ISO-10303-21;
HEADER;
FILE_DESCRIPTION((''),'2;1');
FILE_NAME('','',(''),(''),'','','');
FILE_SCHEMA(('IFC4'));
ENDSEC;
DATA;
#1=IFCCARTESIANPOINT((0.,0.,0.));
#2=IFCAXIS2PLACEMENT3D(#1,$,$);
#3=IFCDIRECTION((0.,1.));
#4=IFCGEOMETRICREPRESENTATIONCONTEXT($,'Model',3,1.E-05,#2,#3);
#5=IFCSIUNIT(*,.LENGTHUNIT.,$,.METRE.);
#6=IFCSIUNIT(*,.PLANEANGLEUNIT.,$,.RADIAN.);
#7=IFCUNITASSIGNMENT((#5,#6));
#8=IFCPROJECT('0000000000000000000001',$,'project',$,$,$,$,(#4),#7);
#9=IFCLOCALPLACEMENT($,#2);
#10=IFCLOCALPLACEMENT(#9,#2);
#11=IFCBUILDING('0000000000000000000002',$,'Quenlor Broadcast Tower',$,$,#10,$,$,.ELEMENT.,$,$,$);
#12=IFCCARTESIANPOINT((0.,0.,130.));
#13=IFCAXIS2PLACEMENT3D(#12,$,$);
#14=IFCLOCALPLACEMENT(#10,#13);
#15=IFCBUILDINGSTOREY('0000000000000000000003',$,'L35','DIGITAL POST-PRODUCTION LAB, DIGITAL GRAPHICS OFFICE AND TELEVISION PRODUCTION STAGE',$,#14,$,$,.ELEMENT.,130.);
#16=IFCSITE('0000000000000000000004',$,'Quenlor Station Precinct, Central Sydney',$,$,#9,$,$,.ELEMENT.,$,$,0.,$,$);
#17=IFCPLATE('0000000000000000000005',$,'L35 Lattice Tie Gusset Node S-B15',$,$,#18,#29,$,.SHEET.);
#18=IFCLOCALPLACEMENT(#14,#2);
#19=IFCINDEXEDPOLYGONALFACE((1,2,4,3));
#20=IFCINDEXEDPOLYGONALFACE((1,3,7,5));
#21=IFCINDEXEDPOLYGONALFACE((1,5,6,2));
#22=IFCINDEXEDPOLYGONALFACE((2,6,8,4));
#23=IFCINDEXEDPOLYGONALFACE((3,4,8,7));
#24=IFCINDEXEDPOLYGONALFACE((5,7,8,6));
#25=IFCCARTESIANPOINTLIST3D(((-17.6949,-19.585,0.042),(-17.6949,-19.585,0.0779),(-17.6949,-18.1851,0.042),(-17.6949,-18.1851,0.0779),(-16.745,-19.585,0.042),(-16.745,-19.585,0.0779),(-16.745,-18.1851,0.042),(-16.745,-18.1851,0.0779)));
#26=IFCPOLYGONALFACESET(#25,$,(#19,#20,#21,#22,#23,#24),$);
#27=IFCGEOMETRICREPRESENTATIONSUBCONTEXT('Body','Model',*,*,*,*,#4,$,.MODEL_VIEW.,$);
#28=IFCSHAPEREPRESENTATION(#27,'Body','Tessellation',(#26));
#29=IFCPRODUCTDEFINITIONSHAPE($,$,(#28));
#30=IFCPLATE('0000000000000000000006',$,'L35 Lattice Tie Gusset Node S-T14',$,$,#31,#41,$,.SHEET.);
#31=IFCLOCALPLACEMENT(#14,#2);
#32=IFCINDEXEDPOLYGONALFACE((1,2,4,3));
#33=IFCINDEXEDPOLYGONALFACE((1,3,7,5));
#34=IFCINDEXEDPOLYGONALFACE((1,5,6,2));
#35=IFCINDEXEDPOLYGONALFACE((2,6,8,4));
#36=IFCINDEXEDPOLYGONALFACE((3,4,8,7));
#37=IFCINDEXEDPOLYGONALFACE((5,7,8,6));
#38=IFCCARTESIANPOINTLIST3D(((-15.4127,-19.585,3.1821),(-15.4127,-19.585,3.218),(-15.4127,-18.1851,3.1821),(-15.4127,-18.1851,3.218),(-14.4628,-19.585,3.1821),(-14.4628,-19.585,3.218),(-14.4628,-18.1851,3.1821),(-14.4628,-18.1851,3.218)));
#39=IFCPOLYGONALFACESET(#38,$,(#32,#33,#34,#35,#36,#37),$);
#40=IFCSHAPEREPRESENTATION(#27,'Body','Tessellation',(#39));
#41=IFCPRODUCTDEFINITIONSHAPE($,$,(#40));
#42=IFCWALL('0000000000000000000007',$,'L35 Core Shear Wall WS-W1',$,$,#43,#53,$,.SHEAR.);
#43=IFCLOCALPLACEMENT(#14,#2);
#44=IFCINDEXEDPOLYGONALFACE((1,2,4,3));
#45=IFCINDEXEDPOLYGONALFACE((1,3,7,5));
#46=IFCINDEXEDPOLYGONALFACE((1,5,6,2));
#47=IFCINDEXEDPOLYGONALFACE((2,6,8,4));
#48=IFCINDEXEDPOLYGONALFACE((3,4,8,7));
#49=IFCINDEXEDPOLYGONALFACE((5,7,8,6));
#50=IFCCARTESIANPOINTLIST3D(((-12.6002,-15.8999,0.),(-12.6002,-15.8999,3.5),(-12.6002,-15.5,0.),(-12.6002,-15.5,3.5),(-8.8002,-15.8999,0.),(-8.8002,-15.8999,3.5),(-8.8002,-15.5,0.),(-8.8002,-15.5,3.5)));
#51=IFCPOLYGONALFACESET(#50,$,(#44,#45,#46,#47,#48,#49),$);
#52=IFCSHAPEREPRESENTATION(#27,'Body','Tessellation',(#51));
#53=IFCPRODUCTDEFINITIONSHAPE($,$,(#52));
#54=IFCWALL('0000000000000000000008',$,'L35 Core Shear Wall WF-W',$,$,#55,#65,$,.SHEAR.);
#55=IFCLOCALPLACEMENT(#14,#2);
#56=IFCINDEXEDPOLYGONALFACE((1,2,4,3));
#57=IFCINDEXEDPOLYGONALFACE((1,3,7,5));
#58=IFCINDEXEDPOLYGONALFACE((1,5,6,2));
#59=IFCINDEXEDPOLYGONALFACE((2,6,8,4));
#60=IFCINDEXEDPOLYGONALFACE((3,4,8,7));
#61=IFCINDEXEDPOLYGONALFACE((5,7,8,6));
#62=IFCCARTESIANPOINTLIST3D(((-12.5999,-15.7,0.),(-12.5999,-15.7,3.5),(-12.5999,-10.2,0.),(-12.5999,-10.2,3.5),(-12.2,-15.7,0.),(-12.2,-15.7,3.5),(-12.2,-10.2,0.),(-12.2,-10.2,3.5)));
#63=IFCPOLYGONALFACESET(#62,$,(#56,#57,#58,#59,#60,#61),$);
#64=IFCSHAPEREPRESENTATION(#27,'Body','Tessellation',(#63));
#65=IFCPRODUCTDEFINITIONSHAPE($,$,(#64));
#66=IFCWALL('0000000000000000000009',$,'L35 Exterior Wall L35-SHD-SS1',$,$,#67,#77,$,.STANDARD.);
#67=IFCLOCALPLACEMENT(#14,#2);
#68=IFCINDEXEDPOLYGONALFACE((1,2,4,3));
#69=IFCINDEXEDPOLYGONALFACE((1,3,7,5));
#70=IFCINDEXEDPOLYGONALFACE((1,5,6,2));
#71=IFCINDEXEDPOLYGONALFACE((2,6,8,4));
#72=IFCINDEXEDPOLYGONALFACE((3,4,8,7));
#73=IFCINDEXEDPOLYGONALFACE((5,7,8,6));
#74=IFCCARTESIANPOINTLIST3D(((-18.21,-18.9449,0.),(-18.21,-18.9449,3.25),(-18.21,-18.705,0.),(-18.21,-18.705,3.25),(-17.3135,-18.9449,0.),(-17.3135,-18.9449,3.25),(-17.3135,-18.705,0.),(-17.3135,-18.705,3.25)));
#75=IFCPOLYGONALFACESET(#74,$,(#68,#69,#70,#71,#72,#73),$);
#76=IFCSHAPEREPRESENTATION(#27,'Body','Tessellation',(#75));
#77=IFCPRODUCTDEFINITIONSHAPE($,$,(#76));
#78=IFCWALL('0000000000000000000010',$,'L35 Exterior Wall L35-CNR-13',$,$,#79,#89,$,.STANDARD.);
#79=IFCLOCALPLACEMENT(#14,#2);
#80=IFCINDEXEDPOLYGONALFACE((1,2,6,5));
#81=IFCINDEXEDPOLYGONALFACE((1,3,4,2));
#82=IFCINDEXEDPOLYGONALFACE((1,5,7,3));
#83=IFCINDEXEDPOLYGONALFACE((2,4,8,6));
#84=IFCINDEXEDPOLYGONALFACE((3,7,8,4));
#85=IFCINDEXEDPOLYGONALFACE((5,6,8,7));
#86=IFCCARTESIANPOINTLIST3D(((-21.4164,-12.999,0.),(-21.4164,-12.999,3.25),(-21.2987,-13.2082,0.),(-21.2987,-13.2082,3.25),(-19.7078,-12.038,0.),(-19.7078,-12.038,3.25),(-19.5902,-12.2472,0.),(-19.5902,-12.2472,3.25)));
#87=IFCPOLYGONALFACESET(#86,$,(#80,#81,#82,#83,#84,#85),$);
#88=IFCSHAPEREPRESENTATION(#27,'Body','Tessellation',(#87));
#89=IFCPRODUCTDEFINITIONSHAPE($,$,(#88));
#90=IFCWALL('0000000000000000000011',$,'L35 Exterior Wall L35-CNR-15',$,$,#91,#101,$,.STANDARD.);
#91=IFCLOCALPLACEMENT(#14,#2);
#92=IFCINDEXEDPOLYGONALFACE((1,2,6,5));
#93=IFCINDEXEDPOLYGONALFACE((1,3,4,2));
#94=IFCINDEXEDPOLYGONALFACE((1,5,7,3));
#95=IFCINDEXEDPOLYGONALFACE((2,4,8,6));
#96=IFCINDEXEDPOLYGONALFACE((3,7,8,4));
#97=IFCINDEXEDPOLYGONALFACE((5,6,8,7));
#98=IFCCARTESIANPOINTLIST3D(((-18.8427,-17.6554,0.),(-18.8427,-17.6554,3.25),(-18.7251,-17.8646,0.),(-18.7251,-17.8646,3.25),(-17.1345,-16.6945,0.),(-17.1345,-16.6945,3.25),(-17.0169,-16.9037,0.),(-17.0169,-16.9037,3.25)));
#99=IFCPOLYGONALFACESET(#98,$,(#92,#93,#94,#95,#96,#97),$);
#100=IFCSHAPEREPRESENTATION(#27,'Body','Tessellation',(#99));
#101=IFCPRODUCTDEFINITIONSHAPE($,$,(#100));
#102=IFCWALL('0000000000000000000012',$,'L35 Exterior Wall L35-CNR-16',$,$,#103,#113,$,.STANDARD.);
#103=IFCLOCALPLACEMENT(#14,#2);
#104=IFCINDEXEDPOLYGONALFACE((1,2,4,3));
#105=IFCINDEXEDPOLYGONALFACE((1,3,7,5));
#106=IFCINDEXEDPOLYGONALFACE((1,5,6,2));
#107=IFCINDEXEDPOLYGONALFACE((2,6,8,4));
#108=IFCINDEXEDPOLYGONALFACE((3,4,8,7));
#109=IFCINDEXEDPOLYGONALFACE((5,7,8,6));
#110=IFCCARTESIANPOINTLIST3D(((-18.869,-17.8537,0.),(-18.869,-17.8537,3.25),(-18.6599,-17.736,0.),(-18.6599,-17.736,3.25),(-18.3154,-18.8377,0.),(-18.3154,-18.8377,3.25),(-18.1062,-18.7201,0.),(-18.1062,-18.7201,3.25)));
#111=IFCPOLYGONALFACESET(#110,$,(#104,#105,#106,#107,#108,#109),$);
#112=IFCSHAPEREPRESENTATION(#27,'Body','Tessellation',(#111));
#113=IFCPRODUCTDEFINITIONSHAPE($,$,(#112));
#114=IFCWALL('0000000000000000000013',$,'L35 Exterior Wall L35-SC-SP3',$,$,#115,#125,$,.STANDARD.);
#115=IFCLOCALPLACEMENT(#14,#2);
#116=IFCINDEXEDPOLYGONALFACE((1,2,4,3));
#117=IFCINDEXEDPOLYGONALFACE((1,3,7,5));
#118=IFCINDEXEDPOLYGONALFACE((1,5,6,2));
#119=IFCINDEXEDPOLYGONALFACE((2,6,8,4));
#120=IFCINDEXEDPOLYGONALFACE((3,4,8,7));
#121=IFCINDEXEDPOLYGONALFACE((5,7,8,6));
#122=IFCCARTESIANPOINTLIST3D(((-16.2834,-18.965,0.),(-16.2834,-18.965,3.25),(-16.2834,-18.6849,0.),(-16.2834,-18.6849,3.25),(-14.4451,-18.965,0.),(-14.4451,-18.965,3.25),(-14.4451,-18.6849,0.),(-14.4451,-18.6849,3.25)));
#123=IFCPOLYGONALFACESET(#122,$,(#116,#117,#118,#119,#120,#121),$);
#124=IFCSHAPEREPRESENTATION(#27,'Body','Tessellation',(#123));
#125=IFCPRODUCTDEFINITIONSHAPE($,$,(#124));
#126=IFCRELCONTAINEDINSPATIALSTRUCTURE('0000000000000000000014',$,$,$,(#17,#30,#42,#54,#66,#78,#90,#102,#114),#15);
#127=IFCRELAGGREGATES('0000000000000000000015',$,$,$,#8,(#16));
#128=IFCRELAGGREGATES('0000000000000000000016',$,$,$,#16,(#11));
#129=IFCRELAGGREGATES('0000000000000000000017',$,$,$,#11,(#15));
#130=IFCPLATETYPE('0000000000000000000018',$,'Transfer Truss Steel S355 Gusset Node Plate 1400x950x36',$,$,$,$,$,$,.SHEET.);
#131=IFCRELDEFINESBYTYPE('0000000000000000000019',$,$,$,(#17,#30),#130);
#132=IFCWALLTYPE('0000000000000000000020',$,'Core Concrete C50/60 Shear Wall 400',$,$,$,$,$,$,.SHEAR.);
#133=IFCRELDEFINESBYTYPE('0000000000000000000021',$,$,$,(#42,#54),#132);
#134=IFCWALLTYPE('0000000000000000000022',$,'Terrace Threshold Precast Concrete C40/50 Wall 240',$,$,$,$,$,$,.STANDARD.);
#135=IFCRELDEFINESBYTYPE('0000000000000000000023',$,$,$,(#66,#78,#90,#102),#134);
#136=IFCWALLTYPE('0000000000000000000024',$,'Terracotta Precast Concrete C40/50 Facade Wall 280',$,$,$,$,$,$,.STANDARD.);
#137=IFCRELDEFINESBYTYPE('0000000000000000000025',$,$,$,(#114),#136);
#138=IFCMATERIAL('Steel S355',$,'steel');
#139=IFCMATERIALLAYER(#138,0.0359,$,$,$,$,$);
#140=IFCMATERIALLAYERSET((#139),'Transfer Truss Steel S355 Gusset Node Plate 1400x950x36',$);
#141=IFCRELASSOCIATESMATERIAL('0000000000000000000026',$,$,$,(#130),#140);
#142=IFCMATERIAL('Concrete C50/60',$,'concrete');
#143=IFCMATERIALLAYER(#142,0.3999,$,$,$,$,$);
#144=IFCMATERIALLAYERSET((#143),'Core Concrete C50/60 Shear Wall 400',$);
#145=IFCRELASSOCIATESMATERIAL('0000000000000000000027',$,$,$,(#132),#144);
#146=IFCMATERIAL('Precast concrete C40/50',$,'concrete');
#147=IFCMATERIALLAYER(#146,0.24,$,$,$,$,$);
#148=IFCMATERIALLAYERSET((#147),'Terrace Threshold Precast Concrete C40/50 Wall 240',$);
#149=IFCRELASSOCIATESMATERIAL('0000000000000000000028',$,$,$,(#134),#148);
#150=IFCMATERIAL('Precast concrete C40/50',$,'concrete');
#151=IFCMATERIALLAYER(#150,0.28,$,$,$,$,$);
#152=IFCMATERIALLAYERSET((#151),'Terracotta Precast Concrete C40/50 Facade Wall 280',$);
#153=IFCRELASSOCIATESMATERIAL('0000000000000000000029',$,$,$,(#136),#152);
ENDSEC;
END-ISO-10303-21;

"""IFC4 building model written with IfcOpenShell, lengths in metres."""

from ifc_helpers import new_model, si_unit, direction, frame, frame_2d, origin, origin_2d, place, context, subcontext, project, spatial, rectangle, extrude, material, layer, layer_set, type_object, element, save


model = new_model("IFC4")

# Units and contexts
model_context = context("Model", 3, precision=1e-05, world=origin(), true_north=direction((0.0, 1.0)))
body_context = subcontext(model_context, "Body", "Model", "MODEL_VIEW")
ifc_project = project(units=[si_unit("LENGTHUNIT", "METRE"), si_unit("PLANEANGLEUNIT", "RADIAN")], contexts=[model_context])

# Site, building, storey
site_placement = place(None, origin())
site = spatial("IfcSite", under=ifc_project, at=site_placement, Name="Quenlor Station Precinct, Central Sydney", CompositionType="ELEMENT", RefElevation=0.0)
building_placement = place(site_placement, origin())
building = spatial("IfcBuilding", under=site, at=building_placement, Name="Quenlor Broadcast Tower", CompositionType="ELEMENT")
storey_placement = place(building_placement, frame((0.0, 0.0, 130.0)))
storey = spatial("IfcBuildingStorey", under=building, at=storey_placement, Name="L35", Description="DIGITAL POST-PRODUCTION LAB, DIGITAL GRAPHICS OFFICE AND TELEVISION PRODUCTION STAGE", CompositionType="ELEMENT", Elevation=130.0)

# Plates
ifc_material_1 = material(Name="Steel S355", Category="steel")
ifc_layer_1 = layer(ifc_material_1, 0.0359)
ifc_layer_set_1 = layer_set([ifc_layer_1], Name="Transfer Truss Steel S355 Gusset Node Plate 1400x950x36")
plate_type_1 = type_object("IfcPlateType", Name="Transfer Truss Steel S355 Gusset Node Plate 1400x950x36", PredefinedType="SHEET", material=ifc_layer_set_1)
for number, where, z_axis, x_axis, name in (
    (1, (-17.22, -18.885, 0.042), (0.0, 0.0, 1.0), (0.0, -1.0, 0.0), "L35 Lattice Tie Gusset Node S-B15"),
    (2, (-14.9377, -18.885, 3.1821), (0.0, 0.0, 1.0), (0.0, -1.0, 0.0), "L35 Lattice Tie Gusset Node S-T14"),
):
    element("IfcPlate", number, at=place(storey_placement, frame(where, z_axis=z_axis, x_axis=x_axis)), inside=storey, type_object=plate_type_1, Name=name, PredefinedType="SHEET", context=body_context, shape_type="SweptSolid", body=[
        extrude(rectangle(XDim=1.3999, YDim=0.95, at=origin_2d()), origin(), (0.0, 0.0, 1.0), 0.0359),
    ])

# Walls
ifc_material_2 = material(Name="Concrete C50/60", Category="concrete")
ifc_layer_2 = layer(ifc_material_2, 0.3999)
ifc_layer_set_2 = layer_set([ifc_layer_2], Name="Core Concrete C50/60 Shear Wall 400")
wall_type_1 = type_object("IfcWallType", Name="Core Concrete C50/60 Shear Wall 400", PredefinedType="SHEAR", material=ifc_layer_set_2)
wall_1_placement = place(storey_placement, frame((-12.6001, -15.7, 0.0), z_axis=(0.0, 0.0, 1.0), x_axis=(1.0, 0.0, 0.0)))
element("IfcWall", 3, at=wall_1_placement, inside=storey, type_object=wall_type_1, Name="L35 Core Shear Wall WS-W1", PredefinedType="SHEAR", context=body_context, shape_type="SweptSolid", body=[
    extrude(rectangle(XDim=3.8, YDim=0.3999, at=frame_2d((1.8999, 0.0))), origin(), (0.0, 0.0, 1.0), 3.5),
])
wall_2_placement = place(storey_placement, frame((-12.3999, -15.7, 0.0), z_axis=(0.0, 0.0, 1.0), x_axis=(0.0, 1.0, 0.0)))
element("IfcWall", 4, at=wall_2_placement, inside=storey, type_object=wall_type_1, Name="L35 Core Shear Wall WF-W", PredefinedType="SHEAR", context=body_context, shape_type="SweptSolid", body=[
    extrude(rectangle(XDim=5.5, YDim=0.3999, at=frame_2d((2.75, 0.0))), origin(), (0.0, 0.0, 1.0), 3.5),
])
ifc_material_3 = material(Name="Precast concrete C40/50", Category="concrete")
ifc_layer_3 = layer(ifc_material_3, 0.24)
ifc_layer_set_3 = layer_set([ifc_layer_3], Name="Terrace Threshold Precast Concrete C40/50 Wall 240")
wall_type_2 = type_object("IfcWallType", Name="Terrace Threshold Precast Concrete C40/50 Wall 240", PredefinedType="STANDARD", material=ifc_layer_set_3)
wall_3_placement = place(storey_placement, frame((-17.3135, -18.825, 0.0), z_axis=(0.0, 0.0, 1.0), x_axis=(-1.0, 0.0, 0.0)))
element("IfcWall", 5, at=wall_3_placement, inside=storey, type_object=wall_type_2, Name="L35 Exterior Wall L35-SHD-SS1", PredefinedType="STANDARD", context=body_context, shape_type="SweptSolid", body=[
    extrude(rectangle(XDim=0.8965, YDim=0.24, at=frame_2d((0.4482, 0.0))), origin(), (0.0, 0.0, 1.0), 3.25),
])
wall_4_placement = place(storey_placement, frame((-21.3574, -13.1035, 0.0), z_axis=(0.0, 0.0, 1.0), x_axis=(0.871595, 0.490226, 0.0)))
element("IfcWall", 6, at=wall_4_placement, inside=storey, type_object=wall_type_2, Name="L35 Exterior Wall L35-CNR-13", PredefinedType="STANDARD", context=body_context, shape_type="SweptSolid", body=[
    extrude(rectangle(XDim=1.9602, YDim=0.24, at=frame_2d((0.98, 0.0))), origin(), (0.0, 0.0, 1.0), 3.25),
])
wall_5_placement = place(storey_placement, frame((-17.0757, -16.7991, 0.0), z_axis=(0.0, 0.0, 1.0), x_axis=(-0.871566, -0.490279, 0.0)))
element("IfcWall", 7, at=wall_5_placement, inside=storey, type_object=wall_type_2, Name="L35 Exterior Wall L35-CNR-15", PredefinedType="STANDARD", context=body_context, shape_type="SweptSolid", body=[
    extrude(rectangle(XDim=1.96, YDim=0.24, at=frame_2d((0.98, 0.0))), origin(), (0.0, 0.0, 1.0), 3.25),
])
wall_6_placement = place(storey_placement, frame((-18.7644, -17.7949, 0.0), z_axis=(0.0, 0.0, 1.0), x_axis=(0.490354, -0.871524, 0.0)))
element("IfcWall", 8, at=wall_6_placement, inside=storey, type_object=wall_type_2, Name="L35 Exterior Wall L35-CNR-16", PredefinedType="STANDARD", context=body_context, shape_type="SweptSolid", body=[
    extrude(rectangle(XDim=1.1292, YDim=0.24, at=frame_2d((0.5645, 0.0))), origin(), (0.0, 0.0, 1.0), 3.25),
])
ifc_material_4 = material(Name="Precast concrete C40/50", Category="concrete")
ifc_layer_4 = layer(ifc_material_4, 0.28)
ifc_layer_set_4 = layer_set([ifc_layer_4], Name="Terracotta Precast Concrete C40/50 Facade Wall 280")
wall_type_3 = type_object("IfcWallType", Name="Terracotta Precast Concrete C40/50 Facade Wall 280", PredefinedType="STANDARD", material=ifc_layer_set_4)
wall_7_placement = place(storey_placement, frame((-14.4451, -18.825, 0.0), z_axis=(0.0, 0.0, 1.0), x_axis=(-1.0, 0.0, 0.0)))
element("IfcWall", 9, at=wall_7_placement, inside=storey, type_object=wall_type_3, Name="L35 Exterior Wall L35-SC-SP3", PredefinedType="STANDARD", context=body_context, shape_type="SweptSolid", body=[
    extrude(rectangle(XDim=1.8384, YDim=0.28, at=frame_2d((0.9192, 0.0))), origin(), (0.0, 0.0, 1.0), 3.25),
])

save(model, "model.ifc")
